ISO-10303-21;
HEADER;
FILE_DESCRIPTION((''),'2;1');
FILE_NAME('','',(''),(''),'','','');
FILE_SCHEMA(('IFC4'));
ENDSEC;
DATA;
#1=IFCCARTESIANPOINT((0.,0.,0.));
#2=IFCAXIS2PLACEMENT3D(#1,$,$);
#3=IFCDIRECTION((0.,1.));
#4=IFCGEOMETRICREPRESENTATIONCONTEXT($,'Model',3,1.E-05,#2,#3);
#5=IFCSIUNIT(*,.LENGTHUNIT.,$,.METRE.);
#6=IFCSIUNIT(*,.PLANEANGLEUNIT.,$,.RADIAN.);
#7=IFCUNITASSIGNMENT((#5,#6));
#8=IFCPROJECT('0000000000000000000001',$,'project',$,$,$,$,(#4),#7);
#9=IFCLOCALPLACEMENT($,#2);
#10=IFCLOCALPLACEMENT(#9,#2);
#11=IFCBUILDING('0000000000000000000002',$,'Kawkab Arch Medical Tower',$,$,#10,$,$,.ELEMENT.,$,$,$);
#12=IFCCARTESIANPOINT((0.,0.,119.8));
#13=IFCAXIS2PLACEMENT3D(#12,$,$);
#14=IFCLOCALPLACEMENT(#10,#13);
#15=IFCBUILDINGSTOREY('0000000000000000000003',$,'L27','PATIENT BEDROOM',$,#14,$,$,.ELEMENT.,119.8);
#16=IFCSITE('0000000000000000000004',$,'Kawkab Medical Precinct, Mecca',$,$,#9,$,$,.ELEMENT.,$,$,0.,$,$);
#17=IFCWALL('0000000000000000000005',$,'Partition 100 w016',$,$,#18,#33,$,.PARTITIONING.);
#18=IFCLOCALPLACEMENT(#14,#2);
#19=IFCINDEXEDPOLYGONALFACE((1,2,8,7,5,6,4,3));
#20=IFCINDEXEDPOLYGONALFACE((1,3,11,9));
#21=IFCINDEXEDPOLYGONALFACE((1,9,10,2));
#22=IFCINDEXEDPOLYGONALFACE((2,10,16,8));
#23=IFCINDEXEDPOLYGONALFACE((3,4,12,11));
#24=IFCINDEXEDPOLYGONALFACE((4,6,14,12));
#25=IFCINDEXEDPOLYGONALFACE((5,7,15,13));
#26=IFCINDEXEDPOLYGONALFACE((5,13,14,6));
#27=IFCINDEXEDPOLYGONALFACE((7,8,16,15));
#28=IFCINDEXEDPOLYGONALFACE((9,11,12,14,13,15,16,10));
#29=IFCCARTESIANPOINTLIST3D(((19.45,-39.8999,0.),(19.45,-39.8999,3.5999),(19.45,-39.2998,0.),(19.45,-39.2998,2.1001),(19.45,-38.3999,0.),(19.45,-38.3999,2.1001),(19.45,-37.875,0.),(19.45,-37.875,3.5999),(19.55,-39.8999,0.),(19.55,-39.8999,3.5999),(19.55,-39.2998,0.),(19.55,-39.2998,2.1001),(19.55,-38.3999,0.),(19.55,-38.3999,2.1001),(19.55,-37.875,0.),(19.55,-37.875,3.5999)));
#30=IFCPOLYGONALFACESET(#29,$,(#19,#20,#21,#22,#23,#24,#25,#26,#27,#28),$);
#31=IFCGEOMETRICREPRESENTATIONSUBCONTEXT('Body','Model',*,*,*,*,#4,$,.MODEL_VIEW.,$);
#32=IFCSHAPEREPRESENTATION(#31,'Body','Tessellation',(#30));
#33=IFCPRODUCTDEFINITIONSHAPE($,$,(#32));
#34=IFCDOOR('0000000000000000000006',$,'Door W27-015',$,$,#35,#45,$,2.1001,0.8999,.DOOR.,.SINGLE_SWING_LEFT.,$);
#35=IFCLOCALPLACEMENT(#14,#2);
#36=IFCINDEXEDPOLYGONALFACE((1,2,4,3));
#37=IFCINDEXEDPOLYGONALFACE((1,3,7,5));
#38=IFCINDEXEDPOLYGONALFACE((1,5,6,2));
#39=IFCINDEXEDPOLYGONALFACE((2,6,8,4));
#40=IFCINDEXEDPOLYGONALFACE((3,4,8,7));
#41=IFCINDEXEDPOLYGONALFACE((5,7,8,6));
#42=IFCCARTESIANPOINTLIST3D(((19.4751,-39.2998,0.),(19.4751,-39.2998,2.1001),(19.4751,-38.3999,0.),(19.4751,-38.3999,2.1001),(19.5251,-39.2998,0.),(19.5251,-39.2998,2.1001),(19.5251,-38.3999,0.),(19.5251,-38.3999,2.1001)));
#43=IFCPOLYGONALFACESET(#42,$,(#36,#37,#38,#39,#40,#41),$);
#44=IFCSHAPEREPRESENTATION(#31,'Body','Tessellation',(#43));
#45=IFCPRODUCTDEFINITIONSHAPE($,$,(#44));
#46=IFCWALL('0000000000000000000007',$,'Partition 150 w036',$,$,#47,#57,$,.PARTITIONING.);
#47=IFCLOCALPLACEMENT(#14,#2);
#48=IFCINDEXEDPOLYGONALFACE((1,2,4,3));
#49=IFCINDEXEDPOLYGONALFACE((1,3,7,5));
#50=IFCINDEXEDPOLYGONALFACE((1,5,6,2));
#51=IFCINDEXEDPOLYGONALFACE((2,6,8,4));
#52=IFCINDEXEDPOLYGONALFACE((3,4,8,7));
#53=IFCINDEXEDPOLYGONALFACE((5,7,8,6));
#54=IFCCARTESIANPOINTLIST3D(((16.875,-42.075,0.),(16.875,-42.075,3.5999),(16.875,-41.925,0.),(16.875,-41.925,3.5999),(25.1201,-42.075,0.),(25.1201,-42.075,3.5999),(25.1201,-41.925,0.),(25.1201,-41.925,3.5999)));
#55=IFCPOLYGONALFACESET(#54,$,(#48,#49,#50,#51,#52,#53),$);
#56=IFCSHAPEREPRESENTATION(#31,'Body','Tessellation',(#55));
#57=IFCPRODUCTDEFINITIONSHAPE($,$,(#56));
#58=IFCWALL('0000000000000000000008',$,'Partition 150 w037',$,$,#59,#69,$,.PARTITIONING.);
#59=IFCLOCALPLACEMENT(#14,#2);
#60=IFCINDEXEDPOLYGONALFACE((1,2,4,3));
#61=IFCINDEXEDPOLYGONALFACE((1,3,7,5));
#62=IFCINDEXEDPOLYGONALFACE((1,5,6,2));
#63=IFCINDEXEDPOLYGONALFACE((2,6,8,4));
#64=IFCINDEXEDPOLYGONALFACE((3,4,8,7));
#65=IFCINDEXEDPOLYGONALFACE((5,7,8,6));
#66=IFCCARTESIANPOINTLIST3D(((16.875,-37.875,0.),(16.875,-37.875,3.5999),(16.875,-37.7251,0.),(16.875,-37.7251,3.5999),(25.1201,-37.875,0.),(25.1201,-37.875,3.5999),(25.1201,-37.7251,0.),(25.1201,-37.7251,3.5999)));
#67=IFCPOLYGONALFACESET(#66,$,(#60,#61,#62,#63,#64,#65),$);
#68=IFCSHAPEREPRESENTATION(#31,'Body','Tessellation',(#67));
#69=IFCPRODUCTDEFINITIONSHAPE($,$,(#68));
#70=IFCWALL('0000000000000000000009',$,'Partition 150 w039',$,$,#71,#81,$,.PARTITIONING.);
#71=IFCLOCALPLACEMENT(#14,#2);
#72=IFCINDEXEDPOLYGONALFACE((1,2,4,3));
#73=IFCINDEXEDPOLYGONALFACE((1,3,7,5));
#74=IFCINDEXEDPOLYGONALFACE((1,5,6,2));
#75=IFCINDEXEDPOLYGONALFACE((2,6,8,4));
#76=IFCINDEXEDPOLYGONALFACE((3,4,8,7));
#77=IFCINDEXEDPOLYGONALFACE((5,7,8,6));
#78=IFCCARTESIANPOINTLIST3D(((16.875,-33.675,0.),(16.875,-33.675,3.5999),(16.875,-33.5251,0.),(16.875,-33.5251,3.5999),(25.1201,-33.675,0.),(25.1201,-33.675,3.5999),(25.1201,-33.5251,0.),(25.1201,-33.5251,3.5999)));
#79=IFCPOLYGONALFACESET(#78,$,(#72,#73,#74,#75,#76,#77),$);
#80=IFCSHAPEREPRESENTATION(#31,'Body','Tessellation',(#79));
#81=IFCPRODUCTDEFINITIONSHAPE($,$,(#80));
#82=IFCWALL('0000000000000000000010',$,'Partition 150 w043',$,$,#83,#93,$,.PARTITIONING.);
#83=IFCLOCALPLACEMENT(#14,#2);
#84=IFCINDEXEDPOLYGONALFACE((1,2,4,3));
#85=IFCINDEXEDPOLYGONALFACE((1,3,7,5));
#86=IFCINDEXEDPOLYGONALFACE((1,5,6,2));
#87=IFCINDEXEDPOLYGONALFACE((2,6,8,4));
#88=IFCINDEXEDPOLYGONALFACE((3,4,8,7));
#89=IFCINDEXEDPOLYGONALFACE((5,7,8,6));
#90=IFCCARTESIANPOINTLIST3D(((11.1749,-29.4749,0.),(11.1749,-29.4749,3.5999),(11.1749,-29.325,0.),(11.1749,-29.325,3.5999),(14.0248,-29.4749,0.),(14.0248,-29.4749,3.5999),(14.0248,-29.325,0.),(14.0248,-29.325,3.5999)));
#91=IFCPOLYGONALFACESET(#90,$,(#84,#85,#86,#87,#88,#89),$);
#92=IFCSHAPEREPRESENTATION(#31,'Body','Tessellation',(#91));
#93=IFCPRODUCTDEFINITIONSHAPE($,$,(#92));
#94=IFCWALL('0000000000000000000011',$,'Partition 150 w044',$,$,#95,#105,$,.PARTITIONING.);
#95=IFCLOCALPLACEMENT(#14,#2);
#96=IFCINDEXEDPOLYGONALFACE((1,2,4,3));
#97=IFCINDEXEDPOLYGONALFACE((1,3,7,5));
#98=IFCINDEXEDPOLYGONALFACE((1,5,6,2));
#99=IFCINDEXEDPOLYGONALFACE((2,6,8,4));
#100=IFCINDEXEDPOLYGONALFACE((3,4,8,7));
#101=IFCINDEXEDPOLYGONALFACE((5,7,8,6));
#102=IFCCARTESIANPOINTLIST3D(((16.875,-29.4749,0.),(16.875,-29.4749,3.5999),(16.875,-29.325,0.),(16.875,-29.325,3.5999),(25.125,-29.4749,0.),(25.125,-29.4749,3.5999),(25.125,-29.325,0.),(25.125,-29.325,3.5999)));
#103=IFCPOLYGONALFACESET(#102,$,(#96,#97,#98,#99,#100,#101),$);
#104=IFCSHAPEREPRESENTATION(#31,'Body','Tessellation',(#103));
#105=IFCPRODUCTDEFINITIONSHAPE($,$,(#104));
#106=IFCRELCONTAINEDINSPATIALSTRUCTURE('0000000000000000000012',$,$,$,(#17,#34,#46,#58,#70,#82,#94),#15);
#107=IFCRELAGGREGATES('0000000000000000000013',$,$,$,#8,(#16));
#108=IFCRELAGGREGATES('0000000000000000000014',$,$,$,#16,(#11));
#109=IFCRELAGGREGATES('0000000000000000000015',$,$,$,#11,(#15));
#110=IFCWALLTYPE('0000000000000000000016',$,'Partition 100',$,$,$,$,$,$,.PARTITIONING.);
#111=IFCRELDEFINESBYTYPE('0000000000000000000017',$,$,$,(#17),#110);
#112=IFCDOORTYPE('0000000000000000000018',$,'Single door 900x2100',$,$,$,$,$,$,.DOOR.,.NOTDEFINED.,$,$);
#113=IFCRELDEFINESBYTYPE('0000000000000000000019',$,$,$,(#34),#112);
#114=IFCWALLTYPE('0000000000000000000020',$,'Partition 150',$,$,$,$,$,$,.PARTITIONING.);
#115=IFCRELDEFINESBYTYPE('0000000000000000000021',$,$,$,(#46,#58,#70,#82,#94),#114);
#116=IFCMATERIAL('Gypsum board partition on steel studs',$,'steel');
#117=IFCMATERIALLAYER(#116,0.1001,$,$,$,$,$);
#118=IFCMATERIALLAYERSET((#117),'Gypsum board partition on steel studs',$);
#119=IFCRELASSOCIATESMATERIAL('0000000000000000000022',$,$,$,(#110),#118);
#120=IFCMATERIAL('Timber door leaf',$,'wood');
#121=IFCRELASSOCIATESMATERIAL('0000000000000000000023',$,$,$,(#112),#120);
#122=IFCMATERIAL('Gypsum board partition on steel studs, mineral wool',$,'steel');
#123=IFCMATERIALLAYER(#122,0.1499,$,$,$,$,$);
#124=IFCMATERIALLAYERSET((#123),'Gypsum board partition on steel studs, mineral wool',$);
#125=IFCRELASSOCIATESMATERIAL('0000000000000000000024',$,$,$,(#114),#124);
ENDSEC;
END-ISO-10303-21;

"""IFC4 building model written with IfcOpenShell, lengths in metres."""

from ifc_helpers import new_model, si_unit, direction, frame, frame_2d, origin, place, context, subcontext, project, spatial, rectangle, extrude, material, layer, layer_set, type_object, element, fill, save


model = new_model("IFC4")

# Units and contexts
model_context = context("Model", 3, precision=1e-05, world=origin(), true_north=direction((0.0, 1.0)))
body_context = subcontext(model_context, "Body", "Model", "MODEL_VIEW")
ifc_project = project(units=[si_unit("LENGTHUNIT", "METRE"), si_unit("PLANEANGLEUNIT", "RADIAN")], contexts=[model_context])

# Site, building, storey
site_placement = place(None, origin())
site = spatial("IfcSite", under=ifc_project, at=site_placement, Name="Kawkab Medical Precinct, Mecca", CompositionType="ELEMENT", RefElevation=0.0)
building_placement = place(site_placement, origin())
building = spatial("IfcBuilding", under=site, at=building_placement, Name="Kawkab Arch Medical Tower", CompositionType="ELEMENT")
storey_placement = place(building_placement, frame((0.0, 0.0, 119.8)))
storey = spatial("IfcBuildingStorey", under=building, at=storey_placement, Name="L27", Description="PATIENT BEDROOM", CompositionType="ELEMENT", Elevation=119.8)

# Shared definitions
ifc_material_1 = material(Name="Gypsum board partition on steel studs", Category="steel")
ifc_layer_1 = layer(ifc_material_1, 0.1001)
ifc_layer_set_1 = layer_set([ifc_layer_1], Name="Gypsum board partition on steel studs")
wall_type_1 = type_object("IfcWallType", Name="Partition 100", PredefinedType="PARTITIONING", material=ifc_layer_set_1)

# Wall, opening, door
wall_1_placement = place(storey_placement, frame((19.5, -39.8999, 0.0), z_axis=(0.0, 0.0, 1.0), x_axis=(0.0, 1.0, 0.0)))
wall_1 = element("IfcWall", 1, at=wall_1_placement, inside=storey, type_object=wall_type_1, Name="Partition 100 w016", PredefinedType="PARTITIONING", context=body_context, shape_type="SweptSolid", body=[
    extrude(rectangle(XDim=2.0249, YDim=0.1001, at=frame_2d((1.0125, 0.0))), origin(), (0.0, 0.0, 1.0), 3.5999),
])
opening_1_placement = place(wall_1_placement, frame((0.6001, 0.0, 0.0)))
opening_1 = element("IfcOpeningElement", 2, at=opening_1_placement, cuts=wall_1, PredefinedType="OPENING", context=body_context, shape_type="SweptSolid", body=[
    extrude(rectangle(XDim=0.8999, YDim=2.1001, at=frame_2d((0.45, 1.05))), frame((0.0, 0.0601, 0.0), z_axis=(0.0, -1.0, 0.0), x_axis=(1.0, 0.0, 0.0)), (0.0, 0.0, 1.0), 0.1201),
])
ifc_material_2 = material(Name="Timber door leaf", Category="wood")
door_type_1 = type_object("IfcDoorType", Name="Single door 900x2100", OperationType="NOTDEFINED", PredefinedType="DOOR", material=ifc_material_2)
door_1_placement = place(opening_1_placement, origin())
door_1 = element("IfcDoor", 3, at=door_1_placement, inside=storey, type_object=door_type_1, Name="Door W27-015", OperationType="SINGLE_SWING_LEFT", OverallHeight=2.1001, OverallWidth=0.8999, PredefinedType="DOOR", context=body_context, shape_type="SweptSolid", body=[
    extrude(rectangle(XDim=0.8999, YDim=2.1001, at=frame_2d((0.45, 1.05))), frame((0.0, 0.0249, 0.0), z_axis=(0.0, -1.0, 0.0), x_axis=(1.0, 0.0, 0.0)), (0.0, 0.0, 1.0), 0.05),
])
fill(opening_1, door_1)

# Walls
ifc_material_3 = material(Name="Gypsum board partition on steel studs, mineral wool", Category="steel")
ifc_layer_2 = layer(ifc_material_3, 0.1499)
ifc_layer_set_2 = layer_set([ifc_layer_2], Name="Gypsum board partition on steel studs, mineral wool")
wall_type_2 = type_object("IfcWallType", Name="Partition 150", PredefinedType="PARTITIONING", material=ifc_layer_set_2)
for number, where, z_axis, x_axis, name in (
    (4, (16.875, -42.0, 0.0), (0.0, 0.0, 1.0), (1.0, 0.0, 0.0), "Partition 150 w036"),
    (5, (16.875, -37.8, 0.0), (0.0, 0.0, 1.0), (1.0, 0.0, 0.0), "Partition 150 w037"),
    (6, (16.875, -33.6001, 0.0), (0.0, 0.0, 1.0), (1.0, 0.0, 0.0), "Partition 150 w039"),
):
    element("IfcWall", number, at=place(storey_placement, frame(where, z_axis=z_axis, x_axis=x_axis)), inside=storey, type_object=wall_type_2, Name=name, PredefinedType="PARTITIONING", context=body_context, shape_type="SweptSolid", body=[
        extrude(rectangle(XDim=8.2451, YDim=0.1499, at=frame_2d((4.1226, 0.0))), origin(), (0.0, 0.0, 1.0), 3.5999),
    ])
wall_2_placement = place(storey_placement, frame((11.175, -29.3999, 0.0), z_axis=(0.0, 0.0, 1.0), x_axis=(1.0, 0.0, 0.0)))
element("IfcWall", 7, at=wall_2_placement, inside=storey, type_object=wall_type_2, Name="Partition 150 w043", PredefinedType="PARTITIONING", context=body_context, shape_type="SweptSolid", body=[
    extrude(rectangle(XDim=2.8499, YDim=0.1499, at=frame_2d((1.4248, 0.0))), origin(), (0.0, 0.0, 1.0), 3.5999),
])
wall_3_placement = place(storey_placement, frame((16.875, -29.3999, 0.0), z_axis=(0.0, 0.0, 1.0), x_axis=(1.0, 0.0, 0.0)))
element("IfcWall", 8, at=wall_3_placement, inside=storey, type_object=wall_type_2, Name="Partition 150 w044", PredefinedType="PARTITIONING", context=body_context, shape_type="SweptSolid", body=[
    extrude(rectangle(XDim=8.25, YDim=0.1499, at=frame_2d((4.125, 0.0))), origin(), (0.0, 0.0, 1.0), 3.5999),
])

save(model, "model.ifc")
